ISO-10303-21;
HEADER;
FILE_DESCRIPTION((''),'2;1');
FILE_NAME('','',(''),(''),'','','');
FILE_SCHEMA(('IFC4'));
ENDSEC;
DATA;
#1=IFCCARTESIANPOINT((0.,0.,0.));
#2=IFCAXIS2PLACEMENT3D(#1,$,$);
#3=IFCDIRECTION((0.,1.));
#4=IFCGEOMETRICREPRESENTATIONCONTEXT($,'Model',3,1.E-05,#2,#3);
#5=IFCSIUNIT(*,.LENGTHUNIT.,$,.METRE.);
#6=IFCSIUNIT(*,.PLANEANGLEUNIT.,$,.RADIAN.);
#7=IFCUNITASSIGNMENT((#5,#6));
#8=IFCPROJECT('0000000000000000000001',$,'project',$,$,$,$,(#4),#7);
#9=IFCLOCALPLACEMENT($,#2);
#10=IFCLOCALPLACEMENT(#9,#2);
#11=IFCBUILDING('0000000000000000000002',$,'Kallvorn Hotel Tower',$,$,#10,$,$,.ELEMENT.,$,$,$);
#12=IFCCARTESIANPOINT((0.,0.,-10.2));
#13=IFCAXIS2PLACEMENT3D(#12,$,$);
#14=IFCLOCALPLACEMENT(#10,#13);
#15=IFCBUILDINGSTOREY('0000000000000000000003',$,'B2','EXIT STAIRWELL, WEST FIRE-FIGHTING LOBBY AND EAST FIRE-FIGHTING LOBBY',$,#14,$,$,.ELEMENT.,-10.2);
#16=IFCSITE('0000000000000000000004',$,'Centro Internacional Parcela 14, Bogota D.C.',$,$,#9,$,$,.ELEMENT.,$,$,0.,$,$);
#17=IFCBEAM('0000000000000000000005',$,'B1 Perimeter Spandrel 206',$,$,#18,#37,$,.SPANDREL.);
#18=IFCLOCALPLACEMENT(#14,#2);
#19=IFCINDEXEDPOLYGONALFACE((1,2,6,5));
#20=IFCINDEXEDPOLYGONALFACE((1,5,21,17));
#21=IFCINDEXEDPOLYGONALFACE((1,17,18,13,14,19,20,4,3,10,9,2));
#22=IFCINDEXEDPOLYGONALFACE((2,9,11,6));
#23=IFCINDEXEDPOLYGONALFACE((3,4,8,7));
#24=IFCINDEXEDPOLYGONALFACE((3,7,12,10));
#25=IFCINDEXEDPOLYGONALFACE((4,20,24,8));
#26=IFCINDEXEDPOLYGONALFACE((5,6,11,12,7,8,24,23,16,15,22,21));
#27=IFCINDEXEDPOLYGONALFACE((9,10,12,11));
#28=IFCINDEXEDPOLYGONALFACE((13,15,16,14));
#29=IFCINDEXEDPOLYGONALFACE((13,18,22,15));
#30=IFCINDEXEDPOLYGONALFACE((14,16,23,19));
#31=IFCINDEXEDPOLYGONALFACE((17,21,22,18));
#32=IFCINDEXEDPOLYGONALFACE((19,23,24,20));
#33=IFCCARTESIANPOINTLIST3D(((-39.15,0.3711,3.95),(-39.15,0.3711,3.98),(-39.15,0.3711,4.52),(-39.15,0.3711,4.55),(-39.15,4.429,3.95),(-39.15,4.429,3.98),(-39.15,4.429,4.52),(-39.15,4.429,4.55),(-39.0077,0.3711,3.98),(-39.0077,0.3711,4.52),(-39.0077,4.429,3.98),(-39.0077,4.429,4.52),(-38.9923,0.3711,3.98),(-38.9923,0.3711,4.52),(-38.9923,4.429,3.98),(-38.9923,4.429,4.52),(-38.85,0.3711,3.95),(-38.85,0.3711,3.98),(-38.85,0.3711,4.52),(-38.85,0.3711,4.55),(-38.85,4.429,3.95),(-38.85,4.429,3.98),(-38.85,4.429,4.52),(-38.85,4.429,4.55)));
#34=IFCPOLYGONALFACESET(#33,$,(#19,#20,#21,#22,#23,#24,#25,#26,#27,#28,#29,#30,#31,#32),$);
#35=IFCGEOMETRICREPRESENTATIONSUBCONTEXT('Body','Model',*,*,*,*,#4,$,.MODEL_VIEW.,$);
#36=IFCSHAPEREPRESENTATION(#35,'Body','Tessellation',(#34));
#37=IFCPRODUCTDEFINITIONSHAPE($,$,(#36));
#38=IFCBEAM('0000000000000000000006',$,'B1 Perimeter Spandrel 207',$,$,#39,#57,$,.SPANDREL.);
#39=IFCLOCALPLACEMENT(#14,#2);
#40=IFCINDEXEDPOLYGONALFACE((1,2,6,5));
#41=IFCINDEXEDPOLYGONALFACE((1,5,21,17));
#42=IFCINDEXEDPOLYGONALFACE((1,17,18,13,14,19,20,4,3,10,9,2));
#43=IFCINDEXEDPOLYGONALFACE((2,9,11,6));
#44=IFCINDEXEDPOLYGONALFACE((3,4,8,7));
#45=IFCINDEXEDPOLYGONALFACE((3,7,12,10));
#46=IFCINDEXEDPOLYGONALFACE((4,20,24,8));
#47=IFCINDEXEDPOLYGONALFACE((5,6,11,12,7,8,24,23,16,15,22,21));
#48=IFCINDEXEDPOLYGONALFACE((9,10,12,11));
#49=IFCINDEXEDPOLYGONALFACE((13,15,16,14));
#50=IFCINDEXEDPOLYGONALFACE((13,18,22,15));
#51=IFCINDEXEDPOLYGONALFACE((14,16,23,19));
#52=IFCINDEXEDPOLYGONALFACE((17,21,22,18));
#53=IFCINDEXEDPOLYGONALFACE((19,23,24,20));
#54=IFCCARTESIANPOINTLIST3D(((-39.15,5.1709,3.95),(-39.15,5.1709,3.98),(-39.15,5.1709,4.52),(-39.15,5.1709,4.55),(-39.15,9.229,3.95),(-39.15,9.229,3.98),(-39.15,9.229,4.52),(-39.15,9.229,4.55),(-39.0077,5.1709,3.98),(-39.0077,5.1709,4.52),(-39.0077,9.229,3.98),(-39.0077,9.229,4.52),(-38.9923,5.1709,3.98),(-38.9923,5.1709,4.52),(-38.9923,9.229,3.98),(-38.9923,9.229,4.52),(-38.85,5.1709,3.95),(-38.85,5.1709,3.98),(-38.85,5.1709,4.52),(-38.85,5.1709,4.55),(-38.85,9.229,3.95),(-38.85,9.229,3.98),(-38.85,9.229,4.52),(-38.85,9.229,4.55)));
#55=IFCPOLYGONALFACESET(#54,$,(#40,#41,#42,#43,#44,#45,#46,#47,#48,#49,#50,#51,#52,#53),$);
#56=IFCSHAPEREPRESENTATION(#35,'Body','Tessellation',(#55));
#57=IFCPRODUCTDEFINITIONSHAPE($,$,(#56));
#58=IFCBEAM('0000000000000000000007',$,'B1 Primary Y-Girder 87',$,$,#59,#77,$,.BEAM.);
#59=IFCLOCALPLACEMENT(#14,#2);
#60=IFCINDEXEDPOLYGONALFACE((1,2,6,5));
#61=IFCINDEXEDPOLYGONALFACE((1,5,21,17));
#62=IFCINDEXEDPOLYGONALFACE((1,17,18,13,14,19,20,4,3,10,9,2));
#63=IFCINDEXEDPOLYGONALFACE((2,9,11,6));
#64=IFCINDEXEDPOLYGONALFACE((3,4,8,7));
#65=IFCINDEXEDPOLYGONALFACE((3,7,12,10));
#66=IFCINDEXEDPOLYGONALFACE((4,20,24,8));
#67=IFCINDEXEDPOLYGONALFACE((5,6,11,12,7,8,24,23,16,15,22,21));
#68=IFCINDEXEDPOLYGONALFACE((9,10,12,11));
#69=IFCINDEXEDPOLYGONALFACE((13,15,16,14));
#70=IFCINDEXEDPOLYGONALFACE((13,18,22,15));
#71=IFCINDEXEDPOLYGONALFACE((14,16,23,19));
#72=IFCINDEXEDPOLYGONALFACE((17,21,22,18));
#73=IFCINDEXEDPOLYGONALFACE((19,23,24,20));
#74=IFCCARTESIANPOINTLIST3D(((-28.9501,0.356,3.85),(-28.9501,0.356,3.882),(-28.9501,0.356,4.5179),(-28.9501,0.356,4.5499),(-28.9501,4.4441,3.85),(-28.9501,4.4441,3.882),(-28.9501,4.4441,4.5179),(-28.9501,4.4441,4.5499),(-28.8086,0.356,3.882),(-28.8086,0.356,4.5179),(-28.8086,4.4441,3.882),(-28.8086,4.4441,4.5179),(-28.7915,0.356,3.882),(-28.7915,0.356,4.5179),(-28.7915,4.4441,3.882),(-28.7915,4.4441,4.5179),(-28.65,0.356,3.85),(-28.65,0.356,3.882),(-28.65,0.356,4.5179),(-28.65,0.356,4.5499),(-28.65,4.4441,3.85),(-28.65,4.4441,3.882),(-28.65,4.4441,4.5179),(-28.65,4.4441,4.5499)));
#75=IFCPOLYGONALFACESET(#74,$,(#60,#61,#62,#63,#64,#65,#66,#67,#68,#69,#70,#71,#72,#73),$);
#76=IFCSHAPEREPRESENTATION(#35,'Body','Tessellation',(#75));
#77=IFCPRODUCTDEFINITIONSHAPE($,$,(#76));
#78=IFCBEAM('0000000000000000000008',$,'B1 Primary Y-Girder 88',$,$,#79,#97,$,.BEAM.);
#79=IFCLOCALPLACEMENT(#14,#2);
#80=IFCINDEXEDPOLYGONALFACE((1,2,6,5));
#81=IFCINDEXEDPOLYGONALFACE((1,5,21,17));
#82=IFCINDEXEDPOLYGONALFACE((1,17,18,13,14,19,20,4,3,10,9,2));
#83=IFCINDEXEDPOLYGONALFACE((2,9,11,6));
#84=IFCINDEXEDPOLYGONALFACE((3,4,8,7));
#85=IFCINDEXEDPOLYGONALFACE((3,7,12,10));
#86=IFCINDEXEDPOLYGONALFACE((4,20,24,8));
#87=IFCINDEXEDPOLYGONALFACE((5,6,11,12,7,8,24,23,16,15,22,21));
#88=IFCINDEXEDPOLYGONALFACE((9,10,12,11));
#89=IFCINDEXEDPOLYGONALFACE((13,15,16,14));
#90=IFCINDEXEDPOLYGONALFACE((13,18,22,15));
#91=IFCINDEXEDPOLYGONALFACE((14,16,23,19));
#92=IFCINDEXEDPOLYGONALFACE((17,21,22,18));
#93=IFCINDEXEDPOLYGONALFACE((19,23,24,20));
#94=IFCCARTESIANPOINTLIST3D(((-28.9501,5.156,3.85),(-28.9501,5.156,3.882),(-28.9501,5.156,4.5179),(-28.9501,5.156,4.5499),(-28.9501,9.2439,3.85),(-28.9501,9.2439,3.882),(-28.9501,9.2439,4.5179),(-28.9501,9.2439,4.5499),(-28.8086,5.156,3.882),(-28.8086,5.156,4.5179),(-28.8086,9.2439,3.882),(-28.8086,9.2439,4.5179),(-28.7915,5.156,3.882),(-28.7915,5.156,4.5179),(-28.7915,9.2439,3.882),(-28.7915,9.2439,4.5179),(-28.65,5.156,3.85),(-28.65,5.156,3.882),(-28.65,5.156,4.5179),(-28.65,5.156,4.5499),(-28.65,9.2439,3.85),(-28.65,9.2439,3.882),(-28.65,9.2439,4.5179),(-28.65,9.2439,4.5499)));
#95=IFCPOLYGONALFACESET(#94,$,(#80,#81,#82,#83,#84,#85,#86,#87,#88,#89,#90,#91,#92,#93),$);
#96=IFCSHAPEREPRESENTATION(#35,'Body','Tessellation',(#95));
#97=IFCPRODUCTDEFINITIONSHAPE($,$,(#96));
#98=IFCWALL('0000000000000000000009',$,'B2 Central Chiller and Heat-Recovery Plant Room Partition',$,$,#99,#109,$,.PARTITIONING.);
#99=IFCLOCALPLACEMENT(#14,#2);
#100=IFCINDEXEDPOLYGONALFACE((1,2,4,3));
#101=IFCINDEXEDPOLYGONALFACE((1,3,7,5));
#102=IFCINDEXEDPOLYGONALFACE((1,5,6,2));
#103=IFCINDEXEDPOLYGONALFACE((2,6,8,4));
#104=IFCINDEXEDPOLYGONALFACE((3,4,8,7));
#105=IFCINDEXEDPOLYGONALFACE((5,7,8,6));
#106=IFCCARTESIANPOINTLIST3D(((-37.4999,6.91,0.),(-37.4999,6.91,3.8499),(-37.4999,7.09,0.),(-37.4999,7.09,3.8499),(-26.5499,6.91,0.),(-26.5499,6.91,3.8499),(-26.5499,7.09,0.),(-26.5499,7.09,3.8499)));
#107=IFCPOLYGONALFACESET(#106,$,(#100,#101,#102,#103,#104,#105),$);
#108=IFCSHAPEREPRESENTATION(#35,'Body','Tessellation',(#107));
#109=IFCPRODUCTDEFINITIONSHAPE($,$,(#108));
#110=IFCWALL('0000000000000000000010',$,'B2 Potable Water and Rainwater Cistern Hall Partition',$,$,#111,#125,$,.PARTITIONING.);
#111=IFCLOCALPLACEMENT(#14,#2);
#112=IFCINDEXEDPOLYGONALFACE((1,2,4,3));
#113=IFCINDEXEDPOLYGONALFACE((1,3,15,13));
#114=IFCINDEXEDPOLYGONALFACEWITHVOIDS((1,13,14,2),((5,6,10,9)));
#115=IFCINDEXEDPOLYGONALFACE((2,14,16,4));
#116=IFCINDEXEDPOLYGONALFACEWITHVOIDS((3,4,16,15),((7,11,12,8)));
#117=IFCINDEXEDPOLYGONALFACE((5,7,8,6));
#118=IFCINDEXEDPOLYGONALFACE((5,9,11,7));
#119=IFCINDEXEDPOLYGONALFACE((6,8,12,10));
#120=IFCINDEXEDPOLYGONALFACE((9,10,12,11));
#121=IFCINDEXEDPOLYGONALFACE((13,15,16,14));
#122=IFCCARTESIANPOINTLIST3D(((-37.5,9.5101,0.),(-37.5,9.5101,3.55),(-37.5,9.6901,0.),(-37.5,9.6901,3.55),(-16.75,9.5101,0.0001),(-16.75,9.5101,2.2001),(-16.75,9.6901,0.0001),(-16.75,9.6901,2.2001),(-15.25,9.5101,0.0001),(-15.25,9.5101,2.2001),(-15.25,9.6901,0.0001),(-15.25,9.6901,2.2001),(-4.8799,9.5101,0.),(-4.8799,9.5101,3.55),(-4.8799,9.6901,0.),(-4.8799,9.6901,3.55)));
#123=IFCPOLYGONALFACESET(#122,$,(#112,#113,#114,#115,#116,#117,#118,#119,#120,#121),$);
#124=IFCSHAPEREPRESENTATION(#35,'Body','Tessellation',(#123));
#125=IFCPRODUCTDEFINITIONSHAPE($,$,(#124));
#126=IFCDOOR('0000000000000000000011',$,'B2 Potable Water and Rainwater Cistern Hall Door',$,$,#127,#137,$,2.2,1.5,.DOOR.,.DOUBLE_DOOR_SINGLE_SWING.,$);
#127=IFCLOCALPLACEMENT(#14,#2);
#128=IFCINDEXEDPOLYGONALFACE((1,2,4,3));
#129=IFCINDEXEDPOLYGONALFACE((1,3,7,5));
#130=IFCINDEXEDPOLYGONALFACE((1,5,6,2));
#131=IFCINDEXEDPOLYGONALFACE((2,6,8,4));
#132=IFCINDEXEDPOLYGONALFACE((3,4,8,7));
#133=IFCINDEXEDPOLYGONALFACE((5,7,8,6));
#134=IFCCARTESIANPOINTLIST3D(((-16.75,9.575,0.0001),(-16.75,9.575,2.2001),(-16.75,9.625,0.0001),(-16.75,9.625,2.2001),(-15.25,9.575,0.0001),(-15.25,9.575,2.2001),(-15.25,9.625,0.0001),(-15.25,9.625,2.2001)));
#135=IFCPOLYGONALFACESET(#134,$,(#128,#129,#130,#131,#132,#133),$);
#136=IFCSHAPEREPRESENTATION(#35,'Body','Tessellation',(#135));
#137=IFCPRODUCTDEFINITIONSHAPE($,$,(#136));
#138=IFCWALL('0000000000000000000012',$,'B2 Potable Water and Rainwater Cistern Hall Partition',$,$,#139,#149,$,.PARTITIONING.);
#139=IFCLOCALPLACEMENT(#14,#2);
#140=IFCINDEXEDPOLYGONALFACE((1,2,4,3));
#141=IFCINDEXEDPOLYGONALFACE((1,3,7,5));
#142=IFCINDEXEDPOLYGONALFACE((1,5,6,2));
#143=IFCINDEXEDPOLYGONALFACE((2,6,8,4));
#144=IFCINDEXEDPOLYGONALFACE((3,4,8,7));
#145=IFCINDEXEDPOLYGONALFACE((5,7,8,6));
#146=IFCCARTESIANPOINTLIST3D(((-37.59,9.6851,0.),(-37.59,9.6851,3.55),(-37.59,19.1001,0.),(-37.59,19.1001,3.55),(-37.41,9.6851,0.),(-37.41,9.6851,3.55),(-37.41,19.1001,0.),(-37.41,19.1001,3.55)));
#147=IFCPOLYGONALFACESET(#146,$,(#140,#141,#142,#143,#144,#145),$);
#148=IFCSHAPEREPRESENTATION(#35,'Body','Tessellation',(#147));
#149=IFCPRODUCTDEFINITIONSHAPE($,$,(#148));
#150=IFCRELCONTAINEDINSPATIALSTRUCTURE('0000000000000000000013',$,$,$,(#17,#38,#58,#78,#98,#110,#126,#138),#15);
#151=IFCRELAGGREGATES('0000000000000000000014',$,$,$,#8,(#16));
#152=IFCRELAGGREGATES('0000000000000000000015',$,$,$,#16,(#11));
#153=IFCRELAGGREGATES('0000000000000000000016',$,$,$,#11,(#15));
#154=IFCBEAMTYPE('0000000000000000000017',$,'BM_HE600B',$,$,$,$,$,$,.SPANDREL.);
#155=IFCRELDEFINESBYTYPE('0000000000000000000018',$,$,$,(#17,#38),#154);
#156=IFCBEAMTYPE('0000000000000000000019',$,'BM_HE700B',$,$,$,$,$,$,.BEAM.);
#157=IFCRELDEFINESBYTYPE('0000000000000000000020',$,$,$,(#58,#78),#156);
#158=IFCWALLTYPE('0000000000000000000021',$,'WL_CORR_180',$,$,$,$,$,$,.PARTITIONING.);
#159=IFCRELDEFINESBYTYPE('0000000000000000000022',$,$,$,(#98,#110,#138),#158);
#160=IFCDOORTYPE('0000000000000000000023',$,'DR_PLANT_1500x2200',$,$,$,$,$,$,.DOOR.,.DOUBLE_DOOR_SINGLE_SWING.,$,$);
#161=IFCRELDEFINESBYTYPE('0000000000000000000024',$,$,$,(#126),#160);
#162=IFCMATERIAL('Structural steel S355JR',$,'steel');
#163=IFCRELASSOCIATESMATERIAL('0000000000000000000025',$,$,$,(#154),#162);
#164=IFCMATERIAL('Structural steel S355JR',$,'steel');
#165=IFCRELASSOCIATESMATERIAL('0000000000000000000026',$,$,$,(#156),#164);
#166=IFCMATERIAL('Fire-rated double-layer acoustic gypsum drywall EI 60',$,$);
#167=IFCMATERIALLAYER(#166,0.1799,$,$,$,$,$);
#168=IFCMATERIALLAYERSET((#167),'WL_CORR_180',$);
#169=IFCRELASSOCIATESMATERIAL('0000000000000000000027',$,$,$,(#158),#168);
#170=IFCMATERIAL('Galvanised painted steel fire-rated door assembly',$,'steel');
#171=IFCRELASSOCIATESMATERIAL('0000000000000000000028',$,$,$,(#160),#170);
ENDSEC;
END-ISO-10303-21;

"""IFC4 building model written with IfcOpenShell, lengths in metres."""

from ifc_helpers import new_model, si_unit, direction, frame, frame_2d, origin, origin_2d, place, context, subcontext, project, spatial, rectangle, i_section, extrude, material, layer, layer_set, material_profile, profile_set, type_object, element, fill, save


model = new_model("IFC4")

# Units and contexts
model_context = context("Model", 3, precision=1e-05, world=origin(), true_north=direction((0.0, 1.0)))
body_context = subcontext(model_context, "Body", "Model", "MODEL_VIEW")
ifc_project = project(units=[si_unit("LENGTHUNIT", "METRE"), si_unit("PLANEANGLEUNIT", "RADIAN")], contexts=[model_context])

# Site, building, storey
site_placement = place(None, origin())
site = spatial("IfcSite", under=ifc_project, at=site_placement, Name="Centro Internacional Parcela 14, Bogota D.C.", CompositionType="ELEMENT", RefElevation=0.0)
building_placement = place(site_placement, origin())
building = spatial("IfcBuilding", under=site, at=building_placement, Name="Kallvorn Hotel Tower", CompositionType="ELEMENT")
storey_placement = place(building_placement, frame((0.0, 0.0, -10.2)))
storey = spatial("IfcBuildingStorey", under=building, at=storey_placement, Name="B2", Description="EXIT STAIRWELL, WEST FIRE-FIGHTING LOBBY AND EAST FIRE-FIGHTING LOBBY", CompositionType="ELEMENT", Elevation=-10.2)

# Beams
ifc_material_1 = material(Name="Structural steel S355JR", Category="steel")
ifc_material_profile_1 = material_profile(ifc_material_1, i_section(OverallWidth=0.3, OverallDepth=0.6001, WebThickness=0.0154, FlangeThickness=0.03, at=origin_2d()), Name="HE 600 B")
ifc_profile_set_1 = profile_set([ifc_material_profile_1], Name="Structural steel S355JR")
beam_type_1 = type_object("IfcBeamType", Name="BM_HE600B", PredefinedType="SPANDREL", material=ifc_profile_set_1)
beam_1_placement = place(storey_placement, frame((-39.0, 0.3711, 4.25), z_axis=(0.0, 1.0, 0.0), x_axis=(-1.0, 0.0, 0.0)))
element("IfcBeam", 1, at=beam_1_placement, inside=storey, type_object=beam_type_1, Name="B1 Perimeter Spandrel 206", PredefinedType="SPANDREL", context=body_context, shape_type="SweptSolid", body=[
    extrude(i_section(OverallWidth=0.3, OverallDepth=0.6001, WebThickness=0.0154, FlangeThickness=0.03, at=origin_2d()), origin(), (0.0, 0.0, 1.0), 4.0579),
])
beam_2_placement = place(storey_placement, frame((-39.0, 5.1709, 4.25), z_axis=(0.0, 1.0, 0.0), x_axis=(-1.0, 0.0, 0.0)))
element("IfcBeam", 2, at=beam_2_placement, inside=storey, type_object=beam_type_1, Name="B1 Perimeter Spandrel 207", PredefinedType="SPANDREL", context=body_context, shape_type="SweptSolid", body=[
    extrude(i_section(OverallWidth=0.3, OverallDepth=0.6001, WebThickness=0.0154, FlangeThickness=0.03, at=origin_2d()), origin(), (0.0, 0.0, 1.0), 4.0581),
])
ifc_material_2 = material(Name="Structural steel S355JR", Category="steel")
ifc_material_profile_2 = material_profile(ifc_material_2, i_section(OverallWidth=0.3, OverallDepth=0.7, WebThickness=0.0171, FlangeThickness=0.032, at=origin_2d()), Name="HE 700 B")
ifc_profile_set_2 = profile_set([ifc_material_profile_2], Name="Structural steel S355JR")
beam_type_2 = type_object("IfcBeamType", Name="BM_HE700B", PredefinedType="BEAM", material=ifc_profile_set_2)
beam_3_placement = place(storey_placement, frame((-28.8, 0.356, 4.2), z_axis=(0.0, 1.0, 0.0), x_axis=(-1.0, 0.0, 0.0)))
element("IfcBeam", 3, at=beam_3_placement, inside=storey, type_object=beam_type_2, Name="B1 Primary Y-Girder 87", PredefinedType="BEAM", context=body_context, shape_type="SweptSolid", body=[
    extrude(i_section(OverallWidth=0.3, OverallDepth=0.7, WebThickness=0.0171, FlangeThickness=0.032, at=origin_2d()), origin(), (0.0, 0.0, 1.0), 4.0881),
])
beam_4_placement = place(storey_placement, frame((-28.8, 5.156, 4.2), z_axis=(0.0, 1.0, 0.0), x_axis=(-1.0, 0.0, 0.0)))
element("IfcBeam", 4, at=beam_4_placement, inside=storey, type_object=beam_type_2, Name="B1 Primary Y-Girder 88", PredefinedType="BEAM", context=body_context, shape_type="SweptSolid", body=[
    extrude(i_section(OverallWidth=0.3, OverallDepth=0.7, WebThickness=0.0171, FlangeThickness=0.032, at=origin_2d()), origin(), (0.0, 0.0, 1.0), 4.0879),
])

# Wall
ifc_material_3 = material(Name="Fire-rated double-layer acoustic gypsum drywall EI 60")
ifc_layer = layer(ifc_material_3, 0.1799)
ifc_layer_set = layer_set([ifc_layer], Name="WL_CORR_180")
wall_type = type_object("IfcWallType", Name="WL_CORR_180", PredefinedType="PARTITIONING", material=ifc_layer_set)
wall_1_placement = place(storey_placement, frame((-37.5, 7.0, 0.0), z_axis=(0.0, 0.0, 1.0), x_axis=(1.0, 0.0, 0.0)))
element("IfcWall", 5, at=wall_1_placement, inside=storey, type_object=wall_type, Name="B2 Central Chiller and Heat-Recovery Plant Room Partition", PredefinedType="PARTITIONING", context=body_context, shape_type="SweptSolid", body=[
    extrude(rectangle(XDim=10.95, YDim=0.1799, at=frame_2d((5.4751, 0.0))), origin(), (0.0, 0.0, 1.0), 3.8499),
])

# Wall, opening, door
wall_2_placement = place(storey_placement, frame((-37.5, 9.6001, 0.0), z_axis=(0.0, 0.0, 1.0), x_axis=(1.0, 0.0, 0.0)))
wall_2 = element("IfcWall", 6, at=wall_2_placement, inside=storey, type_object=wall_type, Name="B2 Potable Water and Rainwater Cistern Hall Partition", PredefinedType="PARTITIONING", context=body_context, shape_type="SweptSolid", body=[
    extrude(rectangle(XDim=32.6201, YDim=0.1799, at=frame_2d((16.3101, 0.0))), origin(), (0.0, 0.0, 1.0), 3.55),
])
opening_placement = place(wall_2_placement, frame((20.75, 0.0, 0.0)))
opening = element("IfcOpeningElement", 7, at=opening_placement, cuts=wall_2, PredefinedType="OPENING", context=body_context, shape_type="SweptSolid", body=[
    extrude(rectangle(XDim=1.5, YDim=2.2, at=frame_2d((0.75, 1.1001))), frame((0.0, 0.1047, 0.0), z_axis=(0.0, -1.0, 0.0), x_axis=(1.0, 0.0, 0.0)), (0.0, 0.0, 1.0), 0.21),
])
ifc_material_4 = material(Name="Galvanised painted steel fire-rated door assembly", Category="steel")
door_type = type_object("IfcDoorType", Name="DR_PLANT_1500x2200", OperationType="DOUBLE_DOOR_SINGLE_SWING", PredefinedType="DOOR", material=ifc_material_4)
door_placement = place(opening_placement, origin())
door = element("IfcDoor", 8, at=door_placement, inside=storey, type_object=door_type, Name="B2 Potable Water and Rainwater Cistern Hall Door", OperationType="DOUBLE_DOOR_SINGLE_SWING", OverallHeight=2.2, OverallWidth=1.5, PredefinedType="DOOR", context=body_context, shape_type="SweptSolid", body=[
    extrude(rectangle(XDim=1.5, YDim=2.2, at=frame_2d((0.75, 1.1001))), frame((0.0, 0.0249, 0.0), z_axis=(0.0, -1.0, 0.0), x_axis=(1.0, 0.0, 0.0)), (0.0, 0.0, 1.0), 0.05),
])
fill(opening, door)

# Wall
wall_3_placement = place(storey_placement, frame((-37.5, 9.6851, 0.0), z_axis=(0.0, 0.0, 1.0), x_axis=(0.0, 1.0, 0.0)))
element("IfcWall", 9, at=wall_3_placement, inside=storey, type_object=wall_type, Name="B2 Potable Water and Rainwater Cistern Hall Partition", PredefinedType="PARTITIONING", context=body_context, shape_type="SweptSolid", body=[
    extrude(rectangle(XDim=9.415, YDim=0.1799, at=frame_2d((4.7075, 0.0))), origin(), (0.0, 0.0, 1.0), 3.55),
])

save(model, "model.ifc")
